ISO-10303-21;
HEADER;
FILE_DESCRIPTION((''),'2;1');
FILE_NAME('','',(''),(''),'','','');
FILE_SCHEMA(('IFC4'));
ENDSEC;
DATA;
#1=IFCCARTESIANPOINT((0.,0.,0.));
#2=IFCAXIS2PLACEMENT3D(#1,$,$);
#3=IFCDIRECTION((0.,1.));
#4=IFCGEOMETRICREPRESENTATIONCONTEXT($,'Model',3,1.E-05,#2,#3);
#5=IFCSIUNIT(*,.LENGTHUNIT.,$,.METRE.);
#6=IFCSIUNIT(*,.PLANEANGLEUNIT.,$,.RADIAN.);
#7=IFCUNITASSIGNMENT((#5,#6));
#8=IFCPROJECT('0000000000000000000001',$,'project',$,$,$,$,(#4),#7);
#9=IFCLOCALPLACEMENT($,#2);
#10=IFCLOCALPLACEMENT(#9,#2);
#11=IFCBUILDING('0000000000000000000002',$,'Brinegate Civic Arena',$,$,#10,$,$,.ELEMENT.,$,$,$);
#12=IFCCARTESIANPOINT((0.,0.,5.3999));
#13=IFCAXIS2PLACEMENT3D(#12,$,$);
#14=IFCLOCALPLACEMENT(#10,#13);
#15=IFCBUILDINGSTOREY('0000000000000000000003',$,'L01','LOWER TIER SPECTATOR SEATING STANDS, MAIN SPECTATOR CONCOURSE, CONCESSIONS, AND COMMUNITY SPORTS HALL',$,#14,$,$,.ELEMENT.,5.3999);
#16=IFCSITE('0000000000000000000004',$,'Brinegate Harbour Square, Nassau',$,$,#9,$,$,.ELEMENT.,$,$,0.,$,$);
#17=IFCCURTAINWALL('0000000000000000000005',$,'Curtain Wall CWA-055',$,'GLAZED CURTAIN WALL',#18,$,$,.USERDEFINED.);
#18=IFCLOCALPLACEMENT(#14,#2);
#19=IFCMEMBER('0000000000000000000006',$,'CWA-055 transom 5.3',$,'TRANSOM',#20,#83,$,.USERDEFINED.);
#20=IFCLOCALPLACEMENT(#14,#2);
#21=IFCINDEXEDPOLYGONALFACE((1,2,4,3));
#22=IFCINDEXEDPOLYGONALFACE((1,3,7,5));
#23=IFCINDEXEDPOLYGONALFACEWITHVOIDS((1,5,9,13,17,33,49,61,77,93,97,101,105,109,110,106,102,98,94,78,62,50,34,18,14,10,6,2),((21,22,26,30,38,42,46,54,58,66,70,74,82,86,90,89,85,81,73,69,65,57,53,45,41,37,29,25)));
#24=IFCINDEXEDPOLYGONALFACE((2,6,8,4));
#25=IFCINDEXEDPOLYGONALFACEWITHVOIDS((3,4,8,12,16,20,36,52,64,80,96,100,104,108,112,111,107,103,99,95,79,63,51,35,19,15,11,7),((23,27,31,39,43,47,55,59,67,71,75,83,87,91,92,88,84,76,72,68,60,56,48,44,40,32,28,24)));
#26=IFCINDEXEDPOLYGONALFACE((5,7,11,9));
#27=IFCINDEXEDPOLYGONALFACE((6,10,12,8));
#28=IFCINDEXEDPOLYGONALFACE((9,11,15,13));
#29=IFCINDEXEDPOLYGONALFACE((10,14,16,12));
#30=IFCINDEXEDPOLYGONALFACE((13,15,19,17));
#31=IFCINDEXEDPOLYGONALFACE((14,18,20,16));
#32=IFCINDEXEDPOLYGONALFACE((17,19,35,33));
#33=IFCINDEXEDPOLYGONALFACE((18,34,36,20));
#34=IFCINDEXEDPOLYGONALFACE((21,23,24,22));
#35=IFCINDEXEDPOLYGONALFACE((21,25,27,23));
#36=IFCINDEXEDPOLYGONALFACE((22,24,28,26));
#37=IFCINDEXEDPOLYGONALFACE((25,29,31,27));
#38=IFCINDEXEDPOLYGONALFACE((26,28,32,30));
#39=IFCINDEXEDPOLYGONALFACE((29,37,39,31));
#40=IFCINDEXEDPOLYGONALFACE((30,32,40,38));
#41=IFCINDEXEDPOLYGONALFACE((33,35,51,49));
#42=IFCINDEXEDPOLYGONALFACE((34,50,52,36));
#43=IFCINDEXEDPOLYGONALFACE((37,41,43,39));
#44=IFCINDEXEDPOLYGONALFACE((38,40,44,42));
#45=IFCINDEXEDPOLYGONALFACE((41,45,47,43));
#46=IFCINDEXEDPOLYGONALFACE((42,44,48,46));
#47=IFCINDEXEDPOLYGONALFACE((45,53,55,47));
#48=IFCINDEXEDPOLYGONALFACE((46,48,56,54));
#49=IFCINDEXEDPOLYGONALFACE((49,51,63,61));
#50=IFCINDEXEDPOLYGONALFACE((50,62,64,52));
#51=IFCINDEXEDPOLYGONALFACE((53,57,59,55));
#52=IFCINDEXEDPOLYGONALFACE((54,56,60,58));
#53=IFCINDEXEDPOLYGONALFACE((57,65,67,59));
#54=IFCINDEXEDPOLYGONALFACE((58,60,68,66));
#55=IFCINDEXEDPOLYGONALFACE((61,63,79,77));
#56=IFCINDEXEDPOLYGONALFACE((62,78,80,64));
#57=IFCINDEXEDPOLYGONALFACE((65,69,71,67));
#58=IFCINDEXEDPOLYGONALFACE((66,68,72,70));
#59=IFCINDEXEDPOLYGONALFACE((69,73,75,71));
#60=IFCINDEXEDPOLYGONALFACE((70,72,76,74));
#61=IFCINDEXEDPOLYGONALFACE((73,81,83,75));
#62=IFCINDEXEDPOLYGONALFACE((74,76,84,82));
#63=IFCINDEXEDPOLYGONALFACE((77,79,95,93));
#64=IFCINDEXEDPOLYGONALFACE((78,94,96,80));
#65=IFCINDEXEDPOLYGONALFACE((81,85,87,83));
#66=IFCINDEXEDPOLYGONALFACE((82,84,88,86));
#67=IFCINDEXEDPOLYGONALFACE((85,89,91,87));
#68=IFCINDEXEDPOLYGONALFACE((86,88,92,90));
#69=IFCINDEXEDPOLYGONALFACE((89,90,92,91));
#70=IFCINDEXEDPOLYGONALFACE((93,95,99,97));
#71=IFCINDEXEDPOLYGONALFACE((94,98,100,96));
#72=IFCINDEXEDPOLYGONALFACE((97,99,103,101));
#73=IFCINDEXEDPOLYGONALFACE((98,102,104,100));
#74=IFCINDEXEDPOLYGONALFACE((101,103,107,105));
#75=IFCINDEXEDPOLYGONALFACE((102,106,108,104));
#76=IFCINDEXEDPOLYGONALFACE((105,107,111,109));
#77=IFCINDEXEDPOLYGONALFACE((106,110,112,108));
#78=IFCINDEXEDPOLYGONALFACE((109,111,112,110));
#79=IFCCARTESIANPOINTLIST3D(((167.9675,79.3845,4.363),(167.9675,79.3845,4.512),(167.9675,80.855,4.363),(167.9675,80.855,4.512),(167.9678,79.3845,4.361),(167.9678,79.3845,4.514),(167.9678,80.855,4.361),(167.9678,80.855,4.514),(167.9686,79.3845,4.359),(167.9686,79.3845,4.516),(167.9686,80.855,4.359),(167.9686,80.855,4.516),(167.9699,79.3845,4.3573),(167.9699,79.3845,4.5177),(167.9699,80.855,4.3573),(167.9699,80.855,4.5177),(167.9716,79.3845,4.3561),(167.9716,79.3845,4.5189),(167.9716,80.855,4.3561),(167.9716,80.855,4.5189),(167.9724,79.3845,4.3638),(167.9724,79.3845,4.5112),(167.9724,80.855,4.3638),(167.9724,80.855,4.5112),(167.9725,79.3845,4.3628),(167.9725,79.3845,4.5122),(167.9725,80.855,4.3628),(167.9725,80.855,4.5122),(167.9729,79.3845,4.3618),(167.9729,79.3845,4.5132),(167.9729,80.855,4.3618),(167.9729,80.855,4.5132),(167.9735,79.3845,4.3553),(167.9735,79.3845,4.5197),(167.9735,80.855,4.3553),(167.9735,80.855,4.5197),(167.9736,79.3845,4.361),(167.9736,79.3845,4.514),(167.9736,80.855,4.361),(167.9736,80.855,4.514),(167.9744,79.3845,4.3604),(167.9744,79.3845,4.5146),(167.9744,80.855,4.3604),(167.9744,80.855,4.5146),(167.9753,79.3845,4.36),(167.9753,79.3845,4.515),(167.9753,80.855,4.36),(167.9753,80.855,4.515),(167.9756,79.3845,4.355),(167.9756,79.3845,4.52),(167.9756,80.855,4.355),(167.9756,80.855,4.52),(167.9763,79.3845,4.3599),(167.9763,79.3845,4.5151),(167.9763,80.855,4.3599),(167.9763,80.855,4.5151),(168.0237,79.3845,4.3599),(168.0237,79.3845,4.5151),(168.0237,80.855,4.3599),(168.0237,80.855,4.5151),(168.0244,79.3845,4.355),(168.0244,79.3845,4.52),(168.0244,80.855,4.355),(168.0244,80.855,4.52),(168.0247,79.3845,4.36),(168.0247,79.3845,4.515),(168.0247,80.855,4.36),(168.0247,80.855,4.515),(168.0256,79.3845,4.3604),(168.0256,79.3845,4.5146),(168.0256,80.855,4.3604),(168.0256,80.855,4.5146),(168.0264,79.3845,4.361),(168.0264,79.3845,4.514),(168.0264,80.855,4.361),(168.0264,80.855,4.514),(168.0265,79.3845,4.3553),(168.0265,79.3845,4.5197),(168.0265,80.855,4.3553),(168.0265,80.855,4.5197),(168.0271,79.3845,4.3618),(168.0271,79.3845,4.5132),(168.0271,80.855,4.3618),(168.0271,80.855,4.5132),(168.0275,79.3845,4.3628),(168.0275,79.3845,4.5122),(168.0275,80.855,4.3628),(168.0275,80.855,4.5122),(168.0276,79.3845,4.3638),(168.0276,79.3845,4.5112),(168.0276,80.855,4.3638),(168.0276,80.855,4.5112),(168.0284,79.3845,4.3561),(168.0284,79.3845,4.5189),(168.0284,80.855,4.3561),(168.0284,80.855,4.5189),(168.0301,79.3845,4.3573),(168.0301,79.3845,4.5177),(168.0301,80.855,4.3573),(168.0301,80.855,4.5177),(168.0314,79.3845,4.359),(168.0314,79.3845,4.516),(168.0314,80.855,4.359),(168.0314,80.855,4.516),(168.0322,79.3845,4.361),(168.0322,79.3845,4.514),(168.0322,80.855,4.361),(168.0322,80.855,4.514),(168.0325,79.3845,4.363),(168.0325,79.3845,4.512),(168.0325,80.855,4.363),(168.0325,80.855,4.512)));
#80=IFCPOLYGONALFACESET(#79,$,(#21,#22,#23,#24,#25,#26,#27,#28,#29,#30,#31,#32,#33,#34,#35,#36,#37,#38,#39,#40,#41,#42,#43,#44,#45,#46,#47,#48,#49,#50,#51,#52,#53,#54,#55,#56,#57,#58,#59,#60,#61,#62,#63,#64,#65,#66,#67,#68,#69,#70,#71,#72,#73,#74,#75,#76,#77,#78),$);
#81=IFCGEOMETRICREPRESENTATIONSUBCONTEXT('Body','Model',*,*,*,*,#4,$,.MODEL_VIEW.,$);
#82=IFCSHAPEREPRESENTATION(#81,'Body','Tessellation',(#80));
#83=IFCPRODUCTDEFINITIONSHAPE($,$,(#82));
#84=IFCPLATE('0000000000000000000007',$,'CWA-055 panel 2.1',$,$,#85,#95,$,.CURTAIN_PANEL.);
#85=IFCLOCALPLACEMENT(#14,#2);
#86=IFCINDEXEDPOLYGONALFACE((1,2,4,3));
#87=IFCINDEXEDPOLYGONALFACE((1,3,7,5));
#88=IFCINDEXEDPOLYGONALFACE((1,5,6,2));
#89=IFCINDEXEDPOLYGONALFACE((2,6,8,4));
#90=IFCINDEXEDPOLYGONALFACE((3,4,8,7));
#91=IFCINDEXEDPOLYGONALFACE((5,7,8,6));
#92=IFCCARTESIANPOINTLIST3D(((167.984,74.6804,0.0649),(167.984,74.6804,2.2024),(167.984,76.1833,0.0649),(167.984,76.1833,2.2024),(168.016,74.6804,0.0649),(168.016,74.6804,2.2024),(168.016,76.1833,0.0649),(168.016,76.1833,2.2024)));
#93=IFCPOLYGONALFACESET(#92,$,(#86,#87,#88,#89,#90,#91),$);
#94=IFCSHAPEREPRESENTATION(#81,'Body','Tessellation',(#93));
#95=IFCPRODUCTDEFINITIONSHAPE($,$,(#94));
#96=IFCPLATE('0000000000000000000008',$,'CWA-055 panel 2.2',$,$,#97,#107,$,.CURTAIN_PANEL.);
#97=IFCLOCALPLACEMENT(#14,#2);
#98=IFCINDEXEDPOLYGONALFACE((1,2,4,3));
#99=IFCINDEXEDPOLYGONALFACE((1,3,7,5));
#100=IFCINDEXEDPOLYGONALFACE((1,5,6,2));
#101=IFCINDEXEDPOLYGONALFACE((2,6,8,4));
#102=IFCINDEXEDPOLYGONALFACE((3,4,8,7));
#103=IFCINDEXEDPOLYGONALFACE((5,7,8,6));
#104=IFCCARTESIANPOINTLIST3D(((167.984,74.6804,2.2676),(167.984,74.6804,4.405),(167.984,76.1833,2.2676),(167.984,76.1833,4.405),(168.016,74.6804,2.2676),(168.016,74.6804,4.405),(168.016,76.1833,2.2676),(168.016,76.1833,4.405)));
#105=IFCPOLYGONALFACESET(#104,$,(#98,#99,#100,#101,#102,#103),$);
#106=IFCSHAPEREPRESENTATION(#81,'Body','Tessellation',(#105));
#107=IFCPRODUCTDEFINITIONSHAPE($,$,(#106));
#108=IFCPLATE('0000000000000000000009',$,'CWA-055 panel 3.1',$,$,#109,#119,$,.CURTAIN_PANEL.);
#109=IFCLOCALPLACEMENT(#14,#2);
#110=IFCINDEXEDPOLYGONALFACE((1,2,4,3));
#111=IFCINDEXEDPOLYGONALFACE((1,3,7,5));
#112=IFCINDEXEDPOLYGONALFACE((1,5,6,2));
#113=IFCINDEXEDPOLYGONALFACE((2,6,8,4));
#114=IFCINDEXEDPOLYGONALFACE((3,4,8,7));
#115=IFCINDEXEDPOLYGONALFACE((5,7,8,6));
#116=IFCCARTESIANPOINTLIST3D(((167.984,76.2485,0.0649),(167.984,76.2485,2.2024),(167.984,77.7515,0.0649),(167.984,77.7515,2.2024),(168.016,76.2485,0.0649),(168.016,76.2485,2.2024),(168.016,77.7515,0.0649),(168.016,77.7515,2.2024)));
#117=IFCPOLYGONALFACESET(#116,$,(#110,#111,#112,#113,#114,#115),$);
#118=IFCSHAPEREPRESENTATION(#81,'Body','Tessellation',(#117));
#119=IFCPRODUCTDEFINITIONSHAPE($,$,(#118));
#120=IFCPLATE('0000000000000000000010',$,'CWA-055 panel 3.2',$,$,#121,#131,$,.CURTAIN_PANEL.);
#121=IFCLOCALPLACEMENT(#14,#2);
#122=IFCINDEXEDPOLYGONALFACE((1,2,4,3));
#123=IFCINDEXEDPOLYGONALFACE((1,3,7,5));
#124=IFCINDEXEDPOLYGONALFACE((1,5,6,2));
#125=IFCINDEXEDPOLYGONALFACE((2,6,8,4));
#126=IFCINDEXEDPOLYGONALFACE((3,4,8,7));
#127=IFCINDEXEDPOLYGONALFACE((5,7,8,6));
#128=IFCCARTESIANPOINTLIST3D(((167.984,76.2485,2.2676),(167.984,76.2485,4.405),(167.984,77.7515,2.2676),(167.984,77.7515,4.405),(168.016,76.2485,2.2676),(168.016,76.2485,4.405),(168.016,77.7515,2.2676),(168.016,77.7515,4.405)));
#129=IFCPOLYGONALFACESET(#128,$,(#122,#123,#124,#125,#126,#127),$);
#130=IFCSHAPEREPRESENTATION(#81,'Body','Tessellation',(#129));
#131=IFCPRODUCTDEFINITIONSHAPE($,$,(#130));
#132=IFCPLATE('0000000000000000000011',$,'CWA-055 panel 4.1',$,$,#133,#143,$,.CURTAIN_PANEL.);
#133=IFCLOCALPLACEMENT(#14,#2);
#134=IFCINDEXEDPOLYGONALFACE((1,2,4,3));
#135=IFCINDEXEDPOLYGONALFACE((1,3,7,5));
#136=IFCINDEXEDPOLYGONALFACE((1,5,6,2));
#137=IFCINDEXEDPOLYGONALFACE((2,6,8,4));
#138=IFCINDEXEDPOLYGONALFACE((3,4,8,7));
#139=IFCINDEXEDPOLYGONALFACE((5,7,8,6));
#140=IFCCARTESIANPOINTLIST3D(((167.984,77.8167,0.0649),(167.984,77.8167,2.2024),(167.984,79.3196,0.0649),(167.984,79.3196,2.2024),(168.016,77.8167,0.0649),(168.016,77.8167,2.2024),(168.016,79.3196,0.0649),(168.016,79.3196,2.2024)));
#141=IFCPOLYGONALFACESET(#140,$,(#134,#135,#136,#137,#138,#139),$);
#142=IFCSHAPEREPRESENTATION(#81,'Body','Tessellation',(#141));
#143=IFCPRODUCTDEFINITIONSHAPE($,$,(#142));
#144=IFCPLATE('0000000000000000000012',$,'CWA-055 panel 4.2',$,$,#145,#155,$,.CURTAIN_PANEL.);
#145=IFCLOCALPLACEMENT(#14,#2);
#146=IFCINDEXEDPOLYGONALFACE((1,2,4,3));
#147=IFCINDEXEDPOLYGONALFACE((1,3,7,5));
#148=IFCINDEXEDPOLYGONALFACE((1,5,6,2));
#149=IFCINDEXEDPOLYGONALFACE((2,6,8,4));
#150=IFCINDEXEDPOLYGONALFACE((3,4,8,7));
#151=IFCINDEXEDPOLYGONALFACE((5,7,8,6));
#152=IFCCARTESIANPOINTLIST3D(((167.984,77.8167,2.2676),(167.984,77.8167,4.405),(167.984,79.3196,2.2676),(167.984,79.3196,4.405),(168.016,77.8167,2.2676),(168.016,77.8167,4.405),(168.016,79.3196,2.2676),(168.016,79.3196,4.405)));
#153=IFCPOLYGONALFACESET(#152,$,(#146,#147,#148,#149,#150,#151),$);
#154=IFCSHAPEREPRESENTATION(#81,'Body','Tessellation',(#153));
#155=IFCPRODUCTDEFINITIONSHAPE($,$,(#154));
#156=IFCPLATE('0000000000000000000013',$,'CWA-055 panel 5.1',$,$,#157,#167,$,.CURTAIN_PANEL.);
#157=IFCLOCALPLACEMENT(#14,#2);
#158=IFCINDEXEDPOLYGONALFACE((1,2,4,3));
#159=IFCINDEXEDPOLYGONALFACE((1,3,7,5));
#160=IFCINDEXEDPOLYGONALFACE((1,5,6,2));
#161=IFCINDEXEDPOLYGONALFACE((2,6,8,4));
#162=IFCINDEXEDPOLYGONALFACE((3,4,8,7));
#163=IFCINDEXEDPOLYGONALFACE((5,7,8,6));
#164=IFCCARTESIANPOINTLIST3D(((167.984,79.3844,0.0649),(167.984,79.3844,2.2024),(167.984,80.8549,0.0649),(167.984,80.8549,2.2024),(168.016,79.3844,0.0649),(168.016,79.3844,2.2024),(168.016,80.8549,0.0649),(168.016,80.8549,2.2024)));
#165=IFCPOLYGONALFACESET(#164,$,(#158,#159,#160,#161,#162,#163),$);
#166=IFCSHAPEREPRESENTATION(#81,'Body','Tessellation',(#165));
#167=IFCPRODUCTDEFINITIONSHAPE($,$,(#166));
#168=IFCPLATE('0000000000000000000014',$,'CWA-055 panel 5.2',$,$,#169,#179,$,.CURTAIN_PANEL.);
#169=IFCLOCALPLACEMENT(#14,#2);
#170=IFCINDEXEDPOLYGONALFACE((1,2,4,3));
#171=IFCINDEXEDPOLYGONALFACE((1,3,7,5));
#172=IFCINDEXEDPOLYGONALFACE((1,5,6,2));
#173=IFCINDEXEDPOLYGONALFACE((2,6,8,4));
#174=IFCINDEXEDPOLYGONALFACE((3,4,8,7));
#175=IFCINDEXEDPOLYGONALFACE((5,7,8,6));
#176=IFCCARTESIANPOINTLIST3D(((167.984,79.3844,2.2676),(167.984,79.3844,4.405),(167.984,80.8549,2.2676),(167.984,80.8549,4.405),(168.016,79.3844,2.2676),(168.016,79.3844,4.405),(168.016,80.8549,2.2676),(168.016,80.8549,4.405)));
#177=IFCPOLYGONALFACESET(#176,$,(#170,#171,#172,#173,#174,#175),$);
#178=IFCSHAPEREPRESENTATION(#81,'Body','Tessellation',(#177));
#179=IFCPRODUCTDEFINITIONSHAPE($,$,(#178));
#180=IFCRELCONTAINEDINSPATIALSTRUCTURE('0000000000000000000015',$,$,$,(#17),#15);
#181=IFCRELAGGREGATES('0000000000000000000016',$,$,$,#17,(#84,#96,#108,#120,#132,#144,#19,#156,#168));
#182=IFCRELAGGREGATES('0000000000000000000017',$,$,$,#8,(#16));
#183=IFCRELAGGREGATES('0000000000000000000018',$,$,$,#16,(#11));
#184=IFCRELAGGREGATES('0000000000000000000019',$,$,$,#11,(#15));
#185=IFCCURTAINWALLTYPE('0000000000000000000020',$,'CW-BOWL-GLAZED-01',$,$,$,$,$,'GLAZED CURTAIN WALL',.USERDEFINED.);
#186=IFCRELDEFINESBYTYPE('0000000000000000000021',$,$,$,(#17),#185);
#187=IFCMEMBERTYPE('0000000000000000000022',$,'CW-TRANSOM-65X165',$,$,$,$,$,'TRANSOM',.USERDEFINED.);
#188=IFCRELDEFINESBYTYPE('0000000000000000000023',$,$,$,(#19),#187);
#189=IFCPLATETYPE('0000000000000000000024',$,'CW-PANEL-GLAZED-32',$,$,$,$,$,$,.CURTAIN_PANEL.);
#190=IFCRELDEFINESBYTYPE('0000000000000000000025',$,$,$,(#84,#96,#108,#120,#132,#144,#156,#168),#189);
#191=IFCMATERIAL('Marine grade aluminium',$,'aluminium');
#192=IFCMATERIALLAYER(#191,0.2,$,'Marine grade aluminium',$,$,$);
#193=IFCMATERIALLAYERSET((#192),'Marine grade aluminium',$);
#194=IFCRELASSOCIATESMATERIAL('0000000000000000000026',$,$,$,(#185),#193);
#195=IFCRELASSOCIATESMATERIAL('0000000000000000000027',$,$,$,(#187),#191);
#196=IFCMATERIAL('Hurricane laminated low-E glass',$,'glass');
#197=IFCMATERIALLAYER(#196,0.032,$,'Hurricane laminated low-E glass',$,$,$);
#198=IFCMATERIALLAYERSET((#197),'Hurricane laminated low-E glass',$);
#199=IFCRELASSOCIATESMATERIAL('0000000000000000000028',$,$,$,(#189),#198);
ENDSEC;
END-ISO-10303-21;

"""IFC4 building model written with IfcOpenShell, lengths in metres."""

from ifc_helpers import new_model, si_unit, direction, frame, origin, origin_2d, place, context, subcontext, project, spatial, rectangle, hollow_rectangle, extrude, material, layer, layer_set, material_profile, profile_set, type_object, element, aggregate, save


model = new_model("IFC4")

# Units and contexts
model_context = context("Model", 3, precision=1e-05, world=origin(), true_north=direction((0.0, 1.0)))
body_context = subcontext(model_context, "Body", "Model", "MODEL_VIEW")
ifc_project = project(units=[si_unit("LENGTHUNIT", "METRE"), si_unit("PLANEANGLEUNIT", "RADIAN")], contexts=[model_context])

# Site, building, storey
site_placement = place(None, origin())
site = spatial("IfcSite", under=ifc_project, at=site_placement, Name="Brinegate Harbour Square, Nassau", CompositionType="ELEMENT", RefElevation=0.0)
building_placement = place(site_placement, origin())
building = spatial("IfcBuilding", under=site, at=building_placement, Name="Brinegate Civic Arena", CompositionType="ELEMENT")
storey_placement = place(building_placement, frame((0.0, 0.0, 5.3999)))
storey = spatial("IfcBuildingStorey", under=building, at=storey_placement, Name="L01", Description="LOWER TIER SPECTATOR SEATING STANDS, MAIN SPECTATOR CONCOURSE, CONCESSIONS, AND COMMUNITY SPORTS HALL", CompositionType="ELEMENT", Elevation=5.3999)

# Curtain wall, member, plates
ifc_material_1 = material(Name="Marine grade aluminium", Category="aluminium")
ifc_layer_1 = layer(ifc_material_1, 0.2, Name="Marine grade aluminium")
ifc_layer_set_1 = layer_set([ifc_layer_1], Name="Marine grade aluminium")
curtain_wall_type = type_object("IfcCurtainWallType", Name="CW-BOWL-GLAZED-01", ElementType="GLAZED CURTAIN WALL", PredefinedType="USERDEFINED", material=ifc_layer_set_1)
curtain_wall_placement = place(storey_placement, origin())
curtain_wall = element("IfcCurtainWall", 1, at=curtain_wall_placement, inside=storey, type_object=curtain_wall_type, Name="Curtain Wall CWA-055", ObjectType="GLAZED CURTAIN WALL", PredefinedType="USERDEFINED")
ifc_material_profile_1 = material_profile(ifc_material_1, hollow_rectangle(XDim=0.0649, YDim=0.165, WallThickness=0.0049, InnerFilletRadius=0.0039, OuterFilletRadius=0.0081, at=origin_2d()), Name="TRN65X165")
ifc_profile_set_1 = profile_set([ifc_material_profile_1], Name="Marine grade aluminium")
member_type_1 = type_object("IfcMemberType", Name="CW-TRANSOM-65X165", ElementType="TRANSOM", PredefinedType="USERDEFINED", material=ifc_profile_set_1)
member_1_placement = place(storey_placement, frame((168.0, 79.3845, 4.4375), z_axis=(0.0, 1.0, 0.0), x_axis=(-1.0, 0.0, 0.0)))
member_1 = element("IfcMember", 2, at=member_1_placement, type_object=member_type_1, Name="CWA-055 transom 5.3", ObjectType="TRANSOM", PredefinedType="USERDEFINED", context=body_context, shape_type="SweptSolid", body=[
    extrude(hollow_rectangle(XDim=0.0649, YDim=0.165, WallThickness=0.0049, InnerFilletRadius=0.0039, OuterFilletRadius=0.0081, at=origin_2d()), origin(), (0.0, 0.0, 1.0), 1.4705),
])
ifc_material_2 = material(Name="Hurricane laminated low-E glass", Category="glass")
ifc_layer_2 = layer(ifc_material_2, 0.032, Name="Hurricane laminated low-E glass")
ifc_layer_set_2 = layer_set([ifc_layer_2], Name="Hurricane laminated low-E glass")
plate_type = type_object("IfcPlateType", Name="CW-PANEL-GLAZED-32", PredefinedType="CURTAIN_PANEL", material=ifc_layer_set_2)
plate_1_placement = place(storey_placement, frame((168.0, 75.4319, 0.0649), z_axis=(0.0, 0.0, 1.0), x_axis=(0.0, 1.0, 0.0)))
plate_1 = element("IfcPlate", 3, at=plate_1_placement, type_object=plate_type, Name="CWA-055 panel 2.1", PredefinedType="CURTAIN_PANEL", context=body_context, shape_type="SweptSolid", body=[
    extrude(rectangle(XDim=1.5029, YDim=0.032, at=origin_2d()), origin(), (0.0, 0.0, 1.0), 2.1375),
])
plate_2_placement = place(storey_placement, frame((168.0, 75.4319, 2.2676), z_axis=(0.0, 0.0, 1.0), x_axis=(0.0, 1.0, 0.0)))
plate_2 = element("IfcPlate", 4, at=plate_2_placement, type_object=plate_type, Name="CWA-055 panel 2.2", PredefinedType="CURTAIN_PANEL", context=body_context, shape_type="SweptSolid", body=[
    extrude(rectangle(XDim=1.5029, YDim=0.032, at=origin_2d()), origin(), (0.0, 0.0, 1.0), 2.1375),
])
plate_3_placement = place(storey_placement, frame((168.0, 77.0, 0.0649), z_axis=(0.0, 0.0, 1.0), x_axis=(0.0, 1.0, 0.0)))
plate_3 = element("IfcPlate", 5, at=plate_3_placement, type_object=plate_type, Name="CWA-055 panel 3.1", PredefinedType="CURTAIN_PANEL", context=body_context, shape_type="SweptSolid", body=[
    extrude(rectangle(XDim=1.5029, YDim=0.032, at=origin_2d()), origin(), (0.0, 0.0, 1.0), 2.1375),
])
plate_4_placement = place(storey_placement, frame((168.0, 77.0, 2.2676), z_axis=(0.0, 0.0, 1.0), x_axis=(0.0, 1.0, 0.0)))
plate_4 = element("IfcPlate", 6, at=plate_4_placement, type_object=plate_type, Name="CWA-055 panel 3.2", PredefinedType="CURTAIN_PANEL", context=body_context, shape_type="SweptSolid", body=[
    extrude(rectangle(XDim=1.5029, YDim=0.032, at=origin_2d()), origin(), (0.0, 0.0, 1.0), 2.1375),
])
plate_5_placement = place(storey_placement, frame((168.0, 78.5681, 0.0649), z_axis=(0.0, 0.0, 1.0), x_axis=(0.0, 1.0, 0.0)))
plate_5 = element("IfcPlate", 7, at=plate_5_placement, type_object=plate_type, Name="CWA-055 panel 4.1", PredefinedType="CURTAIN_PANEL", context=body_context, shape_type="SweptSolid", body=[
    extrude(rectangle(XDim=1.5029, YDim=0.032, at=origin_2d()), origin(), (0.0, 0.0, 1.0), 2.1375),
])
plate_6_placement = place(storey_placement, frame((168.0, 78.5681, 2.2676), z_axis=(0.0, 0.0, 1.0), x_axis=(0.0, 1.0, 0.0)))
plate_6 = element("IfcPlate", 8, at=plate_6_placement, type_object=plate_type, Name="CWA-055 panel 4.2", PredefinedType="CURTAIN_PANEL", context=body_context, shape_type="SweptSolid", body=[
    extrude(rectangle(XDim=1.5029, YDim=0.032, at=origin_2d()), origin(), (0.0, 0.0, 1.0), 2.1375),
])
plate_7_placement = place(storey_placement, frame((168.0, 80.1196, 0.0649), z_axis=(0.0, 0.0, 1.0), x_axis=(0.0, 1.0, 0.0)))
plate_7 = element("IfcPlate", 9, at=plate_7_placement, type_object=plate_type, Name="CWA-055 panel 5.1", PredefinedType="CURTAIN_PANEL", context=body_context, shape_type="SweptSolid", body=[
    extrude(rectangle(XDim=1.4705, YDim=0.032, at=origin_2d()), origin(), (0.0, 0.0, 1.0), 2.1375),
])
plate_8_placement = place(storey_placement, frame((168.0, 80.1196, 2.2676), z_axis=(0.0, 0.0, 1.0), x_axis=(0.0, 1.0, 0.0)))
plate_8 = element("IfcPlate", 10, at=plate_8_placement, type_object=plate_type, Name="CWA-055 panel 5.2", PredefinedType="CURTAIN_PANEL", context=body_context, shape_type="SweptSolid", body=[
    extrude(rectangle(XDim=1.4705, YDim=0.032, at=origin_2d()), origin(), (0.0, 0.0, 1.0), 2.1375),
])
aggregate(curtain_wall, [plate_1, plate_2, plate_3, plate_4, plate_5, plate_6, member_1, plate_7, plate_8])

save(model, "model.ifc")
